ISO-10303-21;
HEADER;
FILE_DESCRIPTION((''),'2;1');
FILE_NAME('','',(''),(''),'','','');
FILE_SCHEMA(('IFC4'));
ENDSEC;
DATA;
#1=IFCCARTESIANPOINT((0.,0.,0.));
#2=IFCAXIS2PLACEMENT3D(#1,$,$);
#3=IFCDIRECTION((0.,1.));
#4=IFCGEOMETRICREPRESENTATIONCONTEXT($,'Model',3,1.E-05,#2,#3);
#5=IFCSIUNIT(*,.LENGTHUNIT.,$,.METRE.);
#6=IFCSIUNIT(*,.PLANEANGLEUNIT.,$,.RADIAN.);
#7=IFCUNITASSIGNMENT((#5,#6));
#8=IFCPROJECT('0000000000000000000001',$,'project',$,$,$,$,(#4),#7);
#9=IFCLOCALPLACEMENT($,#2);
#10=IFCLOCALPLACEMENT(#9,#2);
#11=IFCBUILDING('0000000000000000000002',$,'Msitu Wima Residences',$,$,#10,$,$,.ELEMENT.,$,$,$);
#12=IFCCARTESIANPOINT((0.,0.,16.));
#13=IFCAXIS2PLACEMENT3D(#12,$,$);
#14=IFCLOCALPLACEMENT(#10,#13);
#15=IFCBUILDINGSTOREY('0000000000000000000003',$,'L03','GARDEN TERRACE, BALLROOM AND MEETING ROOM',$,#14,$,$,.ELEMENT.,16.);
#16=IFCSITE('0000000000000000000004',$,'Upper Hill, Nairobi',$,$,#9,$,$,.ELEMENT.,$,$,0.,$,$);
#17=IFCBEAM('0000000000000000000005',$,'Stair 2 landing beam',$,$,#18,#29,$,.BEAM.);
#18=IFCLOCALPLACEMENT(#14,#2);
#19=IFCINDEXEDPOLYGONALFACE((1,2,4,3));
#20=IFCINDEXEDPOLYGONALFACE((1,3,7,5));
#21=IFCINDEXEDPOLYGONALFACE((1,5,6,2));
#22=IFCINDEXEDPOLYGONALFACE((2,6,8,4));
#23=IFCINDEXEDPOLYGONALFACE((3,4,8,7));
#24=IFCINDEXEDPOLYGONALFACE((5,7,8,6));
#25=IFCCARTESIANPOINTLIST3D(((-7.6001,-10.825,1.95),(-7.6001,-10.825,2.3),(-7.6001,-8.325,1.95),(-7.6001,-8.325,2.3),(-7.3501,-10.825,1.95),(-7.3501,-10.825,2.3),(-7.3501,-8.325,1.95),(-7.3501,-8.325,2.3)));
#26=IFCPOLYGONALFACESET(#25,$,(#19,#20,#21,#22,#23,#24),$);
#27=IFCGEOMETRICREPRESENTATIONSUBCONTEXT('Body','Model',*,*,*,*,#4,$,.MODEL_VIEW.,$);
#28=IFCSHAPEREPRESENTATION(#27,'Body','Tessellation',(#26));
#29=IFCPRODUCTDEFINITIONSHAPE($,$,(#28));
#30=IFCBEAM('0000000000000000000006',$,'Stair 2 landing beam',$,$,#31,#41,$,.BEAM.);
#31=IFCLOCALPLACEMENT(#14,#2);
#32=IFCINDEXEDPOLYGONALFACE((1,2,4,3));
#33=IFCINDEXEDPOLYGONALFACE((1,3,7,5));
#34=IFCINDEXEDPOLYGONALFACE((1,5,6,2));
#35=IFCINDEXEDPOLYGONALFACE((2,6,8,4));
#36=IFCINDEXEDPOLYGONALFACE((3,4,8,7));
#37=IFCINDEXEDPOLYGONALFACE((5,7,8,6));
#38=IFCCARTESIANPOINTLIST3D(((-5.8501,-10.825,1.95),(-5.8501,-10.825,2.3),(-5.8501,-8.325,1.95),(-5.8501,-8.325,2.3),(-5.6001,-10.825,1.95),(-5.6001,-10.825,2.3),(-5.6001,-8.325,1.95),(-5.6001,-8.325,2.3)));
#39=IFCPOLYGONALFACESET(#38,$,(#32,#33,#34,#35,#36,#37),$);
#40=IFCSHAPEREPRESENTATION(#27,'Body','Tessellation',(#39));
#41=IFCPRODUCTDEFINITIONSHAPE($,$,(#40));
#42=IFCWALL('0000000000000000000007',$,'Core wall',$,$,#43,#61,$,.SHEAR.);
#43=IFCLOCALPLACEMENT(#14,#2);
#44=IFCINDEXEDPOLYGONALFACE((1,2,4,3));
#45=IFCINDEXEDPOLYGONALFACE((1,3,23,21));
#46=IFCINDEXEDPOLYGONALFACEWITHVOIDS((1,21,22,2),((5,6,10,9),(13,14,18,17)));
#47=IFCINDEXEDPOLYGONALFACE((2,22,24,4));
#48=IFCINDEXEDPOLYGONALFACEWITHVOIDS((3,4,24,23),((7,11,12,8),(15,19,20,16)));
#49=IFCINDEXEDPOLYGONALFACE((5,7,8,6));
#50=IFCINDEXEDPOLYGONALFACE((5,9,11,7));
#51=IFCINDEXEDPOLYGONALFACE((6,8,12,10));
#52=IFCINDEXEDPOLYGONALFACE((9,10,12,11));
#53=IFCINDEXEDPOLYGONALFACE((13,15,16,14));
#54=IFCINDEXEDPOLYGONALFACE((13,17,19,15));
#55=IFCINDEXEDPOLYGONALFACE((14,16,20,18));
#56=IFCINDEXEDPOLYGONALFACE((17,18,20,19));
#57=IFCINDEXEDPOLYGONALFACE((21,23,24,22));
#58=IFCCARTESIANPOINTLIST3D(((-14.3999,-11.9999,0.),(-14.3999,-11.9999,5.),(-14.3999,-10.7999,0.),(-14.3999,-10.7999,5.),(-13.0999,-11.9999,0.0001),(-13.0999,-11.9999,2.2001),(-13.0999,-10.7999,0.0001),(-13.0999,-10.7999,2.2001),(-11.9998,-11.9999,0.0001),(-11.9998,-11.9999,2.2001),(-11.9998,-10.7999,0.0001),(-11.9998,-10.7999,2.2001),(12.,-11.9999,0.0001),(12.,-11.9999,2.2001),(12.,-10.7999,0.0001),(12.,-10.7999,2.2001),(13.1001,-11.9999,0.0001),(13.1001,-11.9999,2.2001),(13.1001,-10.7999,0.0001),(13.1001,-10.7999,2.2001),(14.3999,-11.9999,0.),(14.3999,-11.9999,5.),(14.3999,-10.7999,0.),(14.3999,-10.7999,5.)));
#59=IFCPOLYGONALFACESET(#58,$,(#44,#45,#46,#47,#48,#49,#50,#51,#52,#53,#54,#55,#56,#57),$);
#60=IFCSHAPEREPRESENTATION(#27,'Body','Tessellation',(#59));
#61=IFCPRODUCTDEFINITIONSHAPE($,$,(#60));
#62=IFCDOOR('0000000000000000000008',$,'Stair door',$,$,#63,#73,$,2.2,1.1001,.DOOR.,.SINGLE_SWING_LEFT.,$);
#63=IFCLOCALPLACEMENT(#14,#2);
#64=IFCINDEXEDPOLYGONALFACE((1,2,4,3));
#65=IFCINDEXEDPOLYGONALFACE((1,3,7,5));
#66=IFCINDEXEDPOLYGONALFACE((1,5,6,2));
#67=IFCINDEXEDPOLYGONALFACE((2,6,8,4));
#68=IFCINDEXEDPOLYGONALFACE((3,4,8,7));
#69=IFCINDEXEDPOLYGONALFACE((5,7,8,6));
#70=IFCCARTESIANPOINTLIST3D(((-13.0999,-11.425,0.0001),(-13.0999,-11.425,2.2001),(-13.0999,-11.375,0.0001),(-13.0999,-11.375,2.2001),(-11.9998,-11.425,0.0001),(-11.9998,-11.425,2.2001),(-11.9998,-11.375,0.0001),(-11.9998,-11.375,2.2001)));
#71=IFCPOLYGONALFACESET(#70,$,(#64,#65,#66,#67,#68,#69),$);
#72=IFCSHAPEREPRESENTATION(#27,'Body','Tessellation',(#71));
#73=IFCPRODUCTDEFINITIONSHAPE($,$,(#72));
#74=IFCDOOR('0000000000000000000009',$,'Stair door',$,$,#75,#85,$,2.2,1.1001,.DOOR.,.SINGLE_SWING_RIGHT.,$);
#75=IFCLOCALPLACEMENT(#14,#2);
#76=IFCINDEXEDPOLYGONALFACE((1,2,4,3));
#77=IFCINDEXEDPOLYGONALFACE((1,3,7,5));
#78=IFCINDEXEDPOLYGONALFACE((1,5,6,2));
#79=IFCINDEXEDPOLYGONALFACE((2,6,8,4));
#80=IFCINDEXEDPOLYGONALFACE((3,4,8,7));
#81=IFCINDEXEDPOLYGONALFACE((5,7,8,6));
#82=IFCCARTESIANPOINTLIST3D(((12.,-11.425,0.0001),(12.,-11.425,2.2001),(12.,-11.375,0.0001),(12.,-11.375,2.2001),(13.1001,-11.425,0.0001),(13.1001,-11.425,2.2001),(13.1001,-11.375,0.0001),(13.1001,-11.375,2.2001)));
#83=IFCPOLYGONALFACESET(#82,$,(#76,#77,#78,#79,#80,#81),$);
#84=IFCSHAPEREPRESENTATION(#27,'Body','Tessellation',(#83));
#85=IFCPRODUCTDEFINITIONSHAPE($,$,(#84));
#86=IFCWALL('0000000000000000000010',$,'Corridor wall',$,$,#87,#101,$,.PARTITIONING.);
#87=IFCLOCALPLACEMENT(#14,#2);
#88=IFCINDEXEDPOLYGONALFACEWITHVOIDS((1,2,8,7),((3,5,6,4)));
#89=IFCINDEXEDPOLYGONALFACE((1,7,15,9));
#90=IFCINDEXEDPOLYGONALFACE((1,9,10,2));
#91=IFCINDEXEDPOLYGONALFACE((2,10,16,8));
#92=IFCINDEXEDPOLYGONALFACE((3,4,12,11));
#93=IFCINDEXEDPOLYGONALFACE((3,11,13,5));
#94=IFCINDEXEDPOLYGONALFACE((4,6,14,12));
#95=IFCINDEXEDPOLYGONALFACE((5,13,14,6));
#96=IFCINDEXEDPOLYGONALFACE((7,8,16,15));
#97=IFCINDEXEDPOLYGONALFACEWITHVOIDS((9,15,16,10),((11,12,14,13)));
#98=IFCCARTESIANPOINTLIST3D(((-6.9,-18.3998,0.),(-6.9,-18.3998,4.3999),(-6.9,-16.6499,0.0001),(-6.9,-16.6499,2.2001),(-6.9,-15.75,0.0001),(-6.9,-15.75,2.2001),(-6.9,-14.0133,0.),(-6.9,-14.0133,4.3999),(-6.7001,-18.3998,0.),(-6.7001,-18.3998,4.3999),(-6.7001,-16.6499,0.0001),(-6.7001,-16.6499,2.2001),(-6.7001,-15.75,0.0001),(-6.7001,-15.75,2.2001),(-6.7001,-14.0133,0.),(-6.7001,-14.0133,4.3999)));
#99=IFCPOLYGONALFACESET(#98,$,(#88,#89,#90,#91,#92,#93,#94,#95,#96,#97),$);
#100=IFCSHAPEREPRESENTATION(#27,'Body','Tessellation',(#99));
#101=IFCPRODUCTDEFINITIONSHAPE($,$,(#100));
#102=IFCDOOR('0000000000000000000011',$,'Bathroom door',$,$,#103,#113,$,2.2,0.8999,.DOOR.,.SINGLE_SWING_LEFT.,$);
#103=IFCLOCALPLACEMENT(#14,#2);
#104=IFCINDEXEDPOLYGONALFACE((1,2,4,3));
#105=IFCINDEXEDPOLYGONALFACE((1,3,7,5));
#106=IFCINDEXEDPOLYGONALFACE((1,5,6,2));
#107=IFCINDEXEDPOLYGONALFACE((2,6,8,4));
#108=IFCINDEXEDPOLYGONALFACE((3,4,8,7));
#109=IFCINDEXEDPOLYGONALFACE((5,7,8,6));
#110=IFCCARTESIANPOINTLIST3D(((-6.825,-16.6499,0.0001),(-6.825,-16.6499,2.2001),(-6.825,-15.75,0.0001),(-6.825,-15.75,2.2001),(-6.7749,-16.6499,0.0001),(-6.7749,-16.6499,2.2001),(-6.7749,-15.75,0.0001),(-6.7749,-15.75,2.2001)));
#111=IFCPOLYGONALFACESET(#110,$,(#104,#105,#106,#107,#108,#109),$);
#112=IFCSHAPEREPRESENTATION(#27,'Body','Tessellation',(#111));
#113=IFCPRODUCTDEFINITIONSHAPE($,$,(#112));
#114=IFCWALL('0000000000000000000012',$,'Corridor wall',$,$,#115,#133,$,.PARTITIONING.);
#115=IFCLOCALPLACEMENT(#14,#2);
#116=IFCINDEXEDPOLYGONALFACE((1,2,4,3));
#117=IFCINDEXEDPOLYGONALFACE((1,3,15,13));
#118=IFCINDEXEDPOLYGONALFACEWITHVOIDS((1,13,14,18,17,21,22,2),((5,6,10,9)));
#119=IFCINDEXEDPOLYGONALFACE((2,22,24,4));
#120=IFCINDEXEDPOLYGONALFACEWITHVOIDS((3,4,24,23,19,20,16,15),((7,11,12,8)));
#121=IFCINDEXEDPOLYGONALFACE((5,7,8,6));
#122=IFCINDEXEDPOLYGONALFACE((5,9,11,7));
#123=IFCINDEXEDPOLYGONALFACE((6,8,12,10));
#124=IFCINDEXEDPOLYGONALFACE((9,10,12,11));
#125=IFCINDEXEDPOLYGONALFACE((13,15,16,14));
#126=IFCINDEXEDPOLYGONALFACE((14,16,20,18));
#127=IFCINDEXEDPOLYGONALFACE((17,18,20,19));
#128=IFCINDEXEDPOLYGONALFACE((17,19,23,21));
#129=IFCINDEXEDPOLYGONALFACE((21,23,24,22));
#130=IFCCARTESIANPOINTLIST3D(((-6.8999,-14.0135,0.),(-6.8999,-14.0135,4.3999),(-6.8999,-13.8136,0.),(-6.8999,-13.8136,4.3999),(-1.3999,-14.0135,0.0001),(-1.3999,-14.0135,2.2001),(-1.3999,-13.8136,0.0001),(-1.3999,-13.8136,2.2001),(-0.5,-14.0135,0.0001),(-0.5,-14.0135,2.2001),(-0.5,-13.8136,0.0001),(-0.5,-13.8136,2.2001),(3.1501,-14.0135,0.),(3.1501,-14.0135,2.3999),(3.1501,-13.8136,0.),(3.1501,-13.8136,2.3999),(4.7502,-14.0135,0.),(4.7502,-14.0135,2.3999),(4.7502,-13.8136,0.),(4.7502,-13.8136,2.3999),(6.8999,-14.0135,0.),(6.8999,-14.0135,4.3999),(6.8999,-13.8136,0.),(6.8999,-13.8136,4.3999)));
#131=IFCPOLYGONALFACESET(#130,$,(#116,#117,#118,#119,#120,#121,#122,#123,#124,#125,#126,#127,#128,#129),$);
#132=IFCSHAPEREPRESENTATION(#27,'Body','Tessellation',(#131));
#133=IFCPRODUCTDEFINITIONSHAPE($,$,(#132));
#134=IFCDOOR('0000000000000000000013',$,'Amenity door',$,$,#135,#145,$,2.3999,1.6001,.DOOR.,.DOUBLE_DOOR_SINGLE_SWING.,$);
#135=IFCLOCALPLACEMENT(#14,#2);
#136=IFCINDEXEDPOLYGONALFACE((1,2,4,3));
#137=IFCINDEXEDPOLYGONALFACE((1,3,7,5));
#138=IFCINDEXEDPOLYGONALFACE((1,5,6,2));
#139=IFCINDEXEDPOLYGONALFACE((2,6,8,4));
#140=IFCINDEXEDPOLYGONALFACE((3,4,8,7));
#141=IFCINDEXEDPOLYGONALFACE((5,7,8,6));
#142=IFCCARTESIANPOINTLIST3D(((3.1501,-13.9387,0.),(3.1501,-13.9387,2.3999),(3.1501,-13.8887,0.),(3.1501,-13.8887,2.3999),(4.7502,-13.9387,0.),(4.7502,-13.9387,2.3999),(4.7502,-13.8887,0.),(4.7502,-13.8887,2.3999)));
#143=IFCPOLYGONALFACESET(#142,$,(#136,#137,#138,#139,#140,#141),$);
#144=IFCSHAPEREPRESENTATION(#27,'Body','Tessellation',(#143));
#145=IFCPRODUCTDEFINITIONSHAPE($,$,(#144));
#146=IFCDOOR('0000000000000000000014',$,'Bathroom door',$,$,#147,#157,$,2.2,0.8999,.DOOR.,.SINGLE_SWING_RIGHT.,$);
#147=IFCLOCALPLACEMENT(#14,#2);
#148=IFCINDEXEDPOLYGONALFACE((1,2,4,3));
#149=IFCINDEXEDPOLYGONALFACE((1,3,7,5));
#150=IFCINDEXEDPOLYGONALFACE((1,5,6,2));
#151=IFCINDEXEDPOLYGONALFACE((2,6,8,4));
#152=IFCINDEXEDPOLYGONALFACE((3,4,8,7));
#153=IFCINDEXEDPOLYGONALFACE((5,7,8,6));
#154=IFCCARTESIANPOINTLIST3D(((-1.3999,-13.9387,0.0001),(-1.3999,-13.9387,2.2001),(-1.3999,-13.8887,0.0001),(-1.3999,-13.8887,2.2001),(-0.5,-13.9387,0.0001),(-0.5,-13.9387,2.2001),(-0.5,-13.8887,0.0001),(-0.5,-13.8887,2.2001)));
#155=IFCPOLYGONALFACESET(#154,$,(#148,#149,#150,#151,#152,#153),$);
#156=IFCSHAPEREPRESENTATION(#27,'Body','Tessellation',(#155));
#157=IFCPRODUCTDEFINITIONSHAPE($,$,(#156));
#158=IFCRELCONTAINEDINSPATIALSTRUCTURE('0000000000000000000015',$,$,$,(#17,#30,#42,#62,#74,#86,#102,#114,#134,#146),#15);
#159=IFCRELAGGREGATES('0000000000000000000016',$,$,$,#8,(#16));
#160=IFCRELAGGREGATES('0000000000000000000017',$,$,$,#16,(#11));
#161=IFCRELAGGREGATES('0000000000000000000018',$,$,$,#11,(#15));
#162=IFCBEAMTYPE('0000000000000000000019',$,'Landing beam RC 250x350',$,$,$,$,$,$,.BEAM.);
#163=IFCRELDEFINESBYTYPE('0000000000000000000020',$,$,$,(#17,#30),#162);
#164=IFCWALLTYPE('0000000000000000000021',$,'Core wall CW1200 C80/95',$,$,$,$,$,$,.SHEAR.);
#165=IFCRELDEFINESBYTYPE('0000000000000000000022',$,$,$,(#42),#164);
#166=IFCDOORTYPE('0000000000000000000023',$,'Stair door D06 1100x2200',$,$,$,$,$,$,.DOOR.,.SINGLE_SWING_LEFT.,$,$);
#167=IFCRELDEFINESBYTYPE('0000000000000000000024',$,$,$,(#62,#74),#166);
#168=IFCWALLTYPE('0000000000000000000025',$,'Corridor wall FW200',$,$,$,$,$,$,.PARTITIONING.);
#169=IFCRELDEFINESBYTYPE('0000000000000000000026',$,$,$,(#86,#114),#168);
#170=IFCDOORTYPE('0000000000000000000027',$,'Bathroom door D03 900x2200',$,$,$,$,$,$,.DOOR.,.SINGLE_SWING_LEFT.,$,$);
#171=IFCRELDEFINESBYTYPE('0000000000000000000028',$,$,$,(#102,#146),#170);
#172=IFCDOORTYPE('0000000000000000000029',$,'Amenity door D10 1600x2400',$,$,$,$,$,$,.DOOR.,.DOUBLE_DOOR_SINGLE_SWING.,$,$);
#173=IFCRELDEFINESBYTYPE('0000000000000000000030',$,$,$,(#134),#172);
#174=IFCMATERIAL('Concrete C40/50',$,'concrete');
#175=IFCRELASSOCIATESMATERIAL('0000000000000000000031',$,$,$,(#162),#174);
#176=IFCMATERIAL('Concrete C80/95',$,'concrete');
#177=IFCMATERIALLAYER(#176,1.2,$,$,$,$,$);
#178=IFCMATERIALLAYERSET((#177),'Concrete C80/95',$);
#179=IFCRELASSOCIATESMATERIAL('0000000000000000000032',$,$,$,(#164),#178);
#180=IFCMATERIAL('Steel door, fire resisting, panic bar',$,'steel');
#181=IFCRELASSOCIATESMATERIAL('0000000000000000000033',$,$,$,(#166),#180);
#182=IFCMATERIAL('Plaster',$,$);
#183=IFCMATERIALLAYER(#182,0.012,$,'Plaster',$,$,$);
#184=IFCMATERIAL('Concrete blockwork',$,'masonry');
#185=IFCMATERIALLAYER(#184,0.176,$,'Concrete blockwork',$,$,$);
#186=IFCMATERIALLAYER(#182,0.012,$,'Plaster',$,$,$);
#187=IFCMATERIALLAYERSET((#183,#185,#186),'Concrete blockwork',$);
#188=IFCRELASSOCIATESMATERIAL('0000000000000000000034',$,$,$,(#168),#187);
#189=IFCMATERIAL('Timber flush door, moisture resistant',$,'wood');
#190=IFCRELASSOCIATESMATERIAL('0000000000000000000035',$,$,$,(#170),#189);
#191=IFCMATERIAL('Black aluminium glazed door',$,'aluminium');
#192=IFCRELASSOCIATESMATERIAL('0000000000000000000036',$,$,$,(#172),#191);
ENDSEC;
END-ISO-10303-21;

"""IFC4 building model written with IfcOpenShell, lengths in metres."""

from ifc_helpers import new_model, si_unit, direction, frame, frame_2d, origin, origin_2d, place, context, subcontext, project, spatial, rectangle, extrude, material, layer, layer_set, material_profile, profile_set, type_object, element, fill, save


model = new_model("IFC4")

# Units and contexts
model_context = context("Model", 3, precision=1e-05, world=origin(), true_north=direction((0.0, 1.0)))
body_context = subcontext(model_context, "Body", "Model", "MODEL_VIEW")
ifc_project = project(units=[si_unit("LENGTHUNIT", "METRE"), si_unit("PLANEANGLEUNIT", "RADIAN")], contexts=[model_context])

# Site, building, storey
site_placement = place(None, origin())
site = spatial("IfcSite", under=ifc_project, at=site_placement, Name="Upper Hill, Nairobi", CompositionType="ELEMENT", RefElevation=0.0)
building_placement = place(site_placement, origin())
building = spatial("IfcBuilding", under=site, at=building_placement, Name="Msitu Wima Residences", CompositionType="ELEMENT")
storey_placement = place(building_placement, frame((0.0, 0.0, 16.0)))
storey = spatial("IfcBuildingStorey", under=building, at=storey_placement, Name="L03", Description="GARDEN TERRACE, BALLROOM AND MEETING ROOM", CompositionType="ELEMENT", Elevation=16.0)

# Beams
ifc_material_1 = material(Name="Concrete C40/50", Category="concrete")
ifc_material_profile = material_profile(ifc_material_1, rectangle(XDim=0.25, YDim=0.3501, at=origin_2d()), Name="RC 250x350")
ifc_profile_set = profile_set([ifc_material_profile], Name="Concrete C40/50")
beam_type = type_object("IfcBeamType", Name="Landing beam RC 250x350", PredefinedType="BEAM", material=ifc_profile_set)
for number, where, z_axis, x_axis, name in (
    (1, (-7.4751, -10.825, 2.125), (0.0, 1.0, 0.0), (-1.0, 0.0, 0.0), "Stair 2 landing beam"),
    (2, (-5.7251, -10.825, 2.125), (0.0, 1.0, 0.0), (-1.0, 0.0, 0.0), "Stair 2 landing beam"),
):
    element("IfcBeam", number, at=place(storey_placement, frame(where, z_axis=z_axis, x_axis=x_axis)), inside=storey, type_object=beam_type, Name=name, PredefinedType="BEAM", context=body_context, shape_type="SweptSolid", body=[
        extrude(rectangle(XDim=0.25, YDim=0.3501, at=origin_2d()), origin(), (0.0, 0.0, 1.0), 2.5),
    ])

# Wall, openings, doors
ifc_material_2 = material(Name="Concrete C80/95", Category="concrete")
ifc_layer_1 = layer(ifc_material_2, 1.2)
ifc_layer_set_1 = layer_set([ifc_layer_1], Name="Concrete C80/95")
wall_type_1 = type_object("IfcWallType", Name="Core wall CW1200 C80/95", PredefinedType="SHEAR", material=ifc_layer_set_1)
wall_1_placement = place(storey_placement, frame((-14.3999, -11.3999, 0.0), z_axis=(0.0, 0.0, 1.0), x_axis=(1.0, 0.0, 0.0)))
wall_1 = element("IfcWall", 3, at=wall_1_placement, inside=storey, type_object=wall_type_1, Name="Core wall", PredefinedType="SHEAR", context=body_context, shape_type="SweptSolid", body=[
    extrude(rectangle(XDim=28.7998, YDim=1.2, at=frame_2d((14.3999, 0.0))), origin(), (0.0, 0.0, 1.0), 5.0),
])
opening_1_placement = place(wall_1_placement, frame((1.3, 0.0, 0.0)))
opening_1 = element("IfcOpeningElement", 4, at=opening_1_placement, cuts=wall_1, PredefinedType="OPENING", context=body_context, shape_type="SweptSolid", body=[
    extrude(rectangle(XDim=1.1001, YDim=2.2, at=frame_2d((0.55, 1.1001))), frame((0.0, 0.6099, 0.0), z_axis=(0.0, -1.0, 0.0), x_axis=(1.0, 0.0, 0.0)), (0.0, 0.0, 1.0), 1.22),
])
opening_2_placement = place(wall_1_placement, frame((26.3999, 0.0, 0.0)))
opening_2 = element("IfcOpeningElement", 5, at=opening_2_placement, cuts=wall_1, PredefinedType="OPENING", context=body_context, shape_type="SweptSolid", body=[
    extrude(rectangle(XDim=1.1001, YDim=2.2, at=frame_2d((0.55, 1.1001))), frame((0.0, 0.6099, 0.0), z_axis=(0.0, -1.0, 0.0), x_axis=(1.0, 0.0, 0.0)), (0.0, 0.0, 1.0), 1.22),
])
ifc_material_3 = material(Name="Steel door, fire resisting, panic bar", Category="steel")
door_type_1 = type_object("IfcDoorType", Name="Stair door D06 1100x2200", OperationType="SINGLE_SWING_LEFT", PredefinedType="DOOR", material=ifc_material_3)
door_1_placement = place(opening_1_placement, origin())
door_1 = element("IfcDoor", 6, at=door_1_placement, inside=storey, type_object=door_type_1, Name="Stair door", OperationType="SINGLE_SWING_LEFT", OverallHeight=2.2, OverallWidth=1.1001, PredefinedType="DOOR", context=body_context, shape_type="SweptSolid", body=[
    extrude(rectangle(XDim=1.1001, YDim=2.2, at=frame_2d((0.55, 1.1001))), frame((0.0, 0.0249, 0.0), z_axis=(0.0, -1.0, 0.0), x_axis=(1.0, 0.0, 0.0)), (0.0, 0.0, 1.0), 0.05),
])
fill(opening_1, door_1)
door_2_placement = place(opening_2_placement, origin())
door_2 = element("IfcDoor", 7, at=door_2_placement, inside=storey, type_object=door_type_1, Name="Stair door", OperationType="SINGLE_SWING_RIGHT", OverallHeight=2.2, OverallWidth=1.1001, PredefinedType="DOOR", context=body_context, shape_type="SweptSolid", body=[
    extrude(rectangle(XDim=1.1001, YDim=2.2, at=frame_2d((0.55, 1.1001))), frame((0.0, 0.0249, 0.0), z_axis=(0.0, -1.0, 0.0), x_axis=(1.0, 0.0, 0.0)), (0.0, 0.0, 1.0), 0.05),
])
fill(opening_2, door_2)

# Wall, opening, door
ifc_material_4 = material(Name="Plaster")
ifc_layer_2 = layer(ifc_material_4, 0.012, Name="Plaster")
ifc_material_5 = material(Name="Concrete blockwork", Category="masonry")
ifc_layer_3 = layer(ifc_material_5, 0.176, Name="Concrete blockwork")
ifc_layer_4 = layer(ifc_material_4, 0.012, Name="Plaster")
ifc_layer_set_2 = layer_set([ifc_layer_2, ifc_layer_3, ifc_layer_4], Name="Concrete blockwork")
wall_type_2 = type_object("IfcWallType", Name="Corridor wall FW200", PredefinedType="PARTITIONING", material=ifc_layer_set_2)
wall_2_placement = place(storey_placement, frame((-6.8, -18.3999, 0.0), z_axis=(0.0, 0.0, 1.0), x_axis=(0.0, 1.0, 0.0)))
wall_2 = element("IfcWall", 8, at=wall_2_placement, inside=storey, type_object=wall_type_2, Name="Corridor wall", PredefinedType="PARTITIONING", context=body_context, shape_type="SweptSolid", body=[
    extrude(rectangle(XDim=4.3865, YDim=0.2, at=frame_2d((2.1934, 0.0))), origin(), (0.0, 0.0, 1.0), 4.3999),
])
opening_3_placement = place(wall_2_placement, frame((1.75, 0.0, 0.0)))
opening_3 = element("IfcOpeningElement", 9, at=opening_3_placement, cuts=wall_2, PredefinedType="OPENING", context=body_context, shape_type="SweptSolid", body=[
    extrude(rectangle(XDim=0.8999, YDim=2.2, at=frame_2d((0.45, 1.1001))), frame((0.0, 0.1099, 0.0), z_axis=(0.0, -1.0, 0.0), x_axis=(1.0, 0.0, 0.0)), (0.0, 0.0, 1.0), 0.22),
])
ifc_material_6 = material(Name="Timber flush door, moisture resistant", Category="wood")
door_type_2 = type_object("IfcDoorType", Name="Bathroom door D03 900x2200", OperationType="SINGLE_SWING_LEFT", PredefinedType="DOOR", material=ifc_material_6)
door_3_placement = place(opening_3_placement, origin())
door_3 = element("IfcDoor", 10, at=door_3_placement, inside=storey, type_object=door_type_2, Name="Bathroom door", OperationType="SINGLE_SWING_LEFT", OverallHeight=2.2, OverallWidth=0.8999, PredefinedType="DOOR", context=body_context, shape_type="SweptSolid", body=[
    extrude(rectangle(XDim=0.8999, YDim=2.2, at=frame_2d((0.45, 1.1001))), frame((0.0, 0.0249, 0.0), z_axis=(0.0, -1.0, 0.0), x_axis=(1.0, 0.0, 0.0)), (0.0, 0.0, 1.0), 0.05),
])
fill(opening_3, door_3)

# Wall, openings, doors
wall_3_placement = place(storey_placement, frame((-6.8999, -13.9136, 0.0), z_axis=(0.0, 0.0, 1.0), x_axis=(1.0, 0.0, 0.0)))
wall_3 = element("IfcWall", 11, at=wall_3_placement, inside=storey, type_object=wall_type_2, Name="Corridor wall", PredefinedType="PARTITIONING", context=body_context, shape_type="SweptSolid", body=[
    extrude(rectangle(XDim=13.7998, YDim=0.2, at=frame_2d((6.8999, 0.0))), origin(), (0.0, 0.0, 1.0), 4.3999),
])
opening_4_placement = place(wall_3_placement, frame((5.5, 0.0, 0.0)))
opening_4 = element("IfcOpeningElement", 12, at=opening_4_placement, cuts=wall_3, PredefinedType="OPENING", context=body_context, shape_type="SweptSolid", body=[
    extrude(rectangle(XDim=0.8999, YDim=2.2, at=frame_2d((0.45, 1.1001))), frame((0.0, 0.1099, 0.0), z_axis=(0.0, -1.0, 0.0), x_axis=(1.0, 0.0, 0.0)), (0.0, 0.0, 1.0), 0.22),
])
opening_5_placement = place(wall_3_placement, frame((10.05, 0.0, 0.0)))
opening_5 = element("IfcOpeningElement", 13, at=opening_5_placement, cuts=wall_3, PredefinedType="OPENING", context=body_context, shape_type="SweptSolid", body=[
    extrude(rectangle(XDim=1.6001, YDim=2.3999, at=frame_2d((0.8, 1.2))), frame((0.0, 0.1099, 0.0), z_axis=(0.0, -1.0, 0.0), x_axis=(1.0, 0.0, 0.0)), (0.0, 0.0, 1.0), 0.22),
])
ifc_material_7 = material(Name="Black aluminium glazed door", Category="aluminium")
door_type_3 = type_object("IfcDoorType", Name="Amenity door D10 1600x2400", OperationType="DOUBLE_DOOR_SINGLE_SWING", PredefinedType="DOOR", material=ifc_material_7)
door_4_placement = place(opening_5_placement, origin())
door_4 = element("IfcDoor", 14, at=door_4_placement, inside=storey, type_object=door_type_3, Name="Amenity door", OperationType="DOUBLE_DOOR_SINGLE_SWING", OverallHeight=2.3999, OverallWidth=1.6001, PredefinedType="DOOR", context=body_context, shape_type="SweptSolid", body=[
    extrude(rectangle(XDim=1.6001, YDim=2.3999, at=frame_2d((0.8, 1.2))), frame((0.0, 0.0249, 0.0), z_axis=(0.0, -1.0, 0.0), x_axis=(1.0, 0.0, 0.0)), (0.0, 0.0, 1.0), 0.05),
])
fill(opening_5, door_4)
door_5_placement = place(opening_4_placement, origin())
door_5 = element("IfcDoor", 15, at=door_5_placement, inside=storey, type_object=door_type_2, Name="Bathroom door", OperationType="SINGLE_SWING_RIGHT", OverallHeight=2.2, OverallWidth=0.8999, PredefinedType="DOOR", context=body_context, shape_type="SweptSolid", body=[
    extrude(rectangle(XDim=0.8999, YDim=2.2, at=frame_2d((0.45, 1.1001))), frame((0.0, 0.0249, 0.0), z_axis=(0.0, -1.0, 0.0), x_axis=(1.0, 0.0, 0.0)), (0.0, 0.0, 1.0), 0.05),
])
fill(opening_4, door_5)

save(model, "model.ifc")
